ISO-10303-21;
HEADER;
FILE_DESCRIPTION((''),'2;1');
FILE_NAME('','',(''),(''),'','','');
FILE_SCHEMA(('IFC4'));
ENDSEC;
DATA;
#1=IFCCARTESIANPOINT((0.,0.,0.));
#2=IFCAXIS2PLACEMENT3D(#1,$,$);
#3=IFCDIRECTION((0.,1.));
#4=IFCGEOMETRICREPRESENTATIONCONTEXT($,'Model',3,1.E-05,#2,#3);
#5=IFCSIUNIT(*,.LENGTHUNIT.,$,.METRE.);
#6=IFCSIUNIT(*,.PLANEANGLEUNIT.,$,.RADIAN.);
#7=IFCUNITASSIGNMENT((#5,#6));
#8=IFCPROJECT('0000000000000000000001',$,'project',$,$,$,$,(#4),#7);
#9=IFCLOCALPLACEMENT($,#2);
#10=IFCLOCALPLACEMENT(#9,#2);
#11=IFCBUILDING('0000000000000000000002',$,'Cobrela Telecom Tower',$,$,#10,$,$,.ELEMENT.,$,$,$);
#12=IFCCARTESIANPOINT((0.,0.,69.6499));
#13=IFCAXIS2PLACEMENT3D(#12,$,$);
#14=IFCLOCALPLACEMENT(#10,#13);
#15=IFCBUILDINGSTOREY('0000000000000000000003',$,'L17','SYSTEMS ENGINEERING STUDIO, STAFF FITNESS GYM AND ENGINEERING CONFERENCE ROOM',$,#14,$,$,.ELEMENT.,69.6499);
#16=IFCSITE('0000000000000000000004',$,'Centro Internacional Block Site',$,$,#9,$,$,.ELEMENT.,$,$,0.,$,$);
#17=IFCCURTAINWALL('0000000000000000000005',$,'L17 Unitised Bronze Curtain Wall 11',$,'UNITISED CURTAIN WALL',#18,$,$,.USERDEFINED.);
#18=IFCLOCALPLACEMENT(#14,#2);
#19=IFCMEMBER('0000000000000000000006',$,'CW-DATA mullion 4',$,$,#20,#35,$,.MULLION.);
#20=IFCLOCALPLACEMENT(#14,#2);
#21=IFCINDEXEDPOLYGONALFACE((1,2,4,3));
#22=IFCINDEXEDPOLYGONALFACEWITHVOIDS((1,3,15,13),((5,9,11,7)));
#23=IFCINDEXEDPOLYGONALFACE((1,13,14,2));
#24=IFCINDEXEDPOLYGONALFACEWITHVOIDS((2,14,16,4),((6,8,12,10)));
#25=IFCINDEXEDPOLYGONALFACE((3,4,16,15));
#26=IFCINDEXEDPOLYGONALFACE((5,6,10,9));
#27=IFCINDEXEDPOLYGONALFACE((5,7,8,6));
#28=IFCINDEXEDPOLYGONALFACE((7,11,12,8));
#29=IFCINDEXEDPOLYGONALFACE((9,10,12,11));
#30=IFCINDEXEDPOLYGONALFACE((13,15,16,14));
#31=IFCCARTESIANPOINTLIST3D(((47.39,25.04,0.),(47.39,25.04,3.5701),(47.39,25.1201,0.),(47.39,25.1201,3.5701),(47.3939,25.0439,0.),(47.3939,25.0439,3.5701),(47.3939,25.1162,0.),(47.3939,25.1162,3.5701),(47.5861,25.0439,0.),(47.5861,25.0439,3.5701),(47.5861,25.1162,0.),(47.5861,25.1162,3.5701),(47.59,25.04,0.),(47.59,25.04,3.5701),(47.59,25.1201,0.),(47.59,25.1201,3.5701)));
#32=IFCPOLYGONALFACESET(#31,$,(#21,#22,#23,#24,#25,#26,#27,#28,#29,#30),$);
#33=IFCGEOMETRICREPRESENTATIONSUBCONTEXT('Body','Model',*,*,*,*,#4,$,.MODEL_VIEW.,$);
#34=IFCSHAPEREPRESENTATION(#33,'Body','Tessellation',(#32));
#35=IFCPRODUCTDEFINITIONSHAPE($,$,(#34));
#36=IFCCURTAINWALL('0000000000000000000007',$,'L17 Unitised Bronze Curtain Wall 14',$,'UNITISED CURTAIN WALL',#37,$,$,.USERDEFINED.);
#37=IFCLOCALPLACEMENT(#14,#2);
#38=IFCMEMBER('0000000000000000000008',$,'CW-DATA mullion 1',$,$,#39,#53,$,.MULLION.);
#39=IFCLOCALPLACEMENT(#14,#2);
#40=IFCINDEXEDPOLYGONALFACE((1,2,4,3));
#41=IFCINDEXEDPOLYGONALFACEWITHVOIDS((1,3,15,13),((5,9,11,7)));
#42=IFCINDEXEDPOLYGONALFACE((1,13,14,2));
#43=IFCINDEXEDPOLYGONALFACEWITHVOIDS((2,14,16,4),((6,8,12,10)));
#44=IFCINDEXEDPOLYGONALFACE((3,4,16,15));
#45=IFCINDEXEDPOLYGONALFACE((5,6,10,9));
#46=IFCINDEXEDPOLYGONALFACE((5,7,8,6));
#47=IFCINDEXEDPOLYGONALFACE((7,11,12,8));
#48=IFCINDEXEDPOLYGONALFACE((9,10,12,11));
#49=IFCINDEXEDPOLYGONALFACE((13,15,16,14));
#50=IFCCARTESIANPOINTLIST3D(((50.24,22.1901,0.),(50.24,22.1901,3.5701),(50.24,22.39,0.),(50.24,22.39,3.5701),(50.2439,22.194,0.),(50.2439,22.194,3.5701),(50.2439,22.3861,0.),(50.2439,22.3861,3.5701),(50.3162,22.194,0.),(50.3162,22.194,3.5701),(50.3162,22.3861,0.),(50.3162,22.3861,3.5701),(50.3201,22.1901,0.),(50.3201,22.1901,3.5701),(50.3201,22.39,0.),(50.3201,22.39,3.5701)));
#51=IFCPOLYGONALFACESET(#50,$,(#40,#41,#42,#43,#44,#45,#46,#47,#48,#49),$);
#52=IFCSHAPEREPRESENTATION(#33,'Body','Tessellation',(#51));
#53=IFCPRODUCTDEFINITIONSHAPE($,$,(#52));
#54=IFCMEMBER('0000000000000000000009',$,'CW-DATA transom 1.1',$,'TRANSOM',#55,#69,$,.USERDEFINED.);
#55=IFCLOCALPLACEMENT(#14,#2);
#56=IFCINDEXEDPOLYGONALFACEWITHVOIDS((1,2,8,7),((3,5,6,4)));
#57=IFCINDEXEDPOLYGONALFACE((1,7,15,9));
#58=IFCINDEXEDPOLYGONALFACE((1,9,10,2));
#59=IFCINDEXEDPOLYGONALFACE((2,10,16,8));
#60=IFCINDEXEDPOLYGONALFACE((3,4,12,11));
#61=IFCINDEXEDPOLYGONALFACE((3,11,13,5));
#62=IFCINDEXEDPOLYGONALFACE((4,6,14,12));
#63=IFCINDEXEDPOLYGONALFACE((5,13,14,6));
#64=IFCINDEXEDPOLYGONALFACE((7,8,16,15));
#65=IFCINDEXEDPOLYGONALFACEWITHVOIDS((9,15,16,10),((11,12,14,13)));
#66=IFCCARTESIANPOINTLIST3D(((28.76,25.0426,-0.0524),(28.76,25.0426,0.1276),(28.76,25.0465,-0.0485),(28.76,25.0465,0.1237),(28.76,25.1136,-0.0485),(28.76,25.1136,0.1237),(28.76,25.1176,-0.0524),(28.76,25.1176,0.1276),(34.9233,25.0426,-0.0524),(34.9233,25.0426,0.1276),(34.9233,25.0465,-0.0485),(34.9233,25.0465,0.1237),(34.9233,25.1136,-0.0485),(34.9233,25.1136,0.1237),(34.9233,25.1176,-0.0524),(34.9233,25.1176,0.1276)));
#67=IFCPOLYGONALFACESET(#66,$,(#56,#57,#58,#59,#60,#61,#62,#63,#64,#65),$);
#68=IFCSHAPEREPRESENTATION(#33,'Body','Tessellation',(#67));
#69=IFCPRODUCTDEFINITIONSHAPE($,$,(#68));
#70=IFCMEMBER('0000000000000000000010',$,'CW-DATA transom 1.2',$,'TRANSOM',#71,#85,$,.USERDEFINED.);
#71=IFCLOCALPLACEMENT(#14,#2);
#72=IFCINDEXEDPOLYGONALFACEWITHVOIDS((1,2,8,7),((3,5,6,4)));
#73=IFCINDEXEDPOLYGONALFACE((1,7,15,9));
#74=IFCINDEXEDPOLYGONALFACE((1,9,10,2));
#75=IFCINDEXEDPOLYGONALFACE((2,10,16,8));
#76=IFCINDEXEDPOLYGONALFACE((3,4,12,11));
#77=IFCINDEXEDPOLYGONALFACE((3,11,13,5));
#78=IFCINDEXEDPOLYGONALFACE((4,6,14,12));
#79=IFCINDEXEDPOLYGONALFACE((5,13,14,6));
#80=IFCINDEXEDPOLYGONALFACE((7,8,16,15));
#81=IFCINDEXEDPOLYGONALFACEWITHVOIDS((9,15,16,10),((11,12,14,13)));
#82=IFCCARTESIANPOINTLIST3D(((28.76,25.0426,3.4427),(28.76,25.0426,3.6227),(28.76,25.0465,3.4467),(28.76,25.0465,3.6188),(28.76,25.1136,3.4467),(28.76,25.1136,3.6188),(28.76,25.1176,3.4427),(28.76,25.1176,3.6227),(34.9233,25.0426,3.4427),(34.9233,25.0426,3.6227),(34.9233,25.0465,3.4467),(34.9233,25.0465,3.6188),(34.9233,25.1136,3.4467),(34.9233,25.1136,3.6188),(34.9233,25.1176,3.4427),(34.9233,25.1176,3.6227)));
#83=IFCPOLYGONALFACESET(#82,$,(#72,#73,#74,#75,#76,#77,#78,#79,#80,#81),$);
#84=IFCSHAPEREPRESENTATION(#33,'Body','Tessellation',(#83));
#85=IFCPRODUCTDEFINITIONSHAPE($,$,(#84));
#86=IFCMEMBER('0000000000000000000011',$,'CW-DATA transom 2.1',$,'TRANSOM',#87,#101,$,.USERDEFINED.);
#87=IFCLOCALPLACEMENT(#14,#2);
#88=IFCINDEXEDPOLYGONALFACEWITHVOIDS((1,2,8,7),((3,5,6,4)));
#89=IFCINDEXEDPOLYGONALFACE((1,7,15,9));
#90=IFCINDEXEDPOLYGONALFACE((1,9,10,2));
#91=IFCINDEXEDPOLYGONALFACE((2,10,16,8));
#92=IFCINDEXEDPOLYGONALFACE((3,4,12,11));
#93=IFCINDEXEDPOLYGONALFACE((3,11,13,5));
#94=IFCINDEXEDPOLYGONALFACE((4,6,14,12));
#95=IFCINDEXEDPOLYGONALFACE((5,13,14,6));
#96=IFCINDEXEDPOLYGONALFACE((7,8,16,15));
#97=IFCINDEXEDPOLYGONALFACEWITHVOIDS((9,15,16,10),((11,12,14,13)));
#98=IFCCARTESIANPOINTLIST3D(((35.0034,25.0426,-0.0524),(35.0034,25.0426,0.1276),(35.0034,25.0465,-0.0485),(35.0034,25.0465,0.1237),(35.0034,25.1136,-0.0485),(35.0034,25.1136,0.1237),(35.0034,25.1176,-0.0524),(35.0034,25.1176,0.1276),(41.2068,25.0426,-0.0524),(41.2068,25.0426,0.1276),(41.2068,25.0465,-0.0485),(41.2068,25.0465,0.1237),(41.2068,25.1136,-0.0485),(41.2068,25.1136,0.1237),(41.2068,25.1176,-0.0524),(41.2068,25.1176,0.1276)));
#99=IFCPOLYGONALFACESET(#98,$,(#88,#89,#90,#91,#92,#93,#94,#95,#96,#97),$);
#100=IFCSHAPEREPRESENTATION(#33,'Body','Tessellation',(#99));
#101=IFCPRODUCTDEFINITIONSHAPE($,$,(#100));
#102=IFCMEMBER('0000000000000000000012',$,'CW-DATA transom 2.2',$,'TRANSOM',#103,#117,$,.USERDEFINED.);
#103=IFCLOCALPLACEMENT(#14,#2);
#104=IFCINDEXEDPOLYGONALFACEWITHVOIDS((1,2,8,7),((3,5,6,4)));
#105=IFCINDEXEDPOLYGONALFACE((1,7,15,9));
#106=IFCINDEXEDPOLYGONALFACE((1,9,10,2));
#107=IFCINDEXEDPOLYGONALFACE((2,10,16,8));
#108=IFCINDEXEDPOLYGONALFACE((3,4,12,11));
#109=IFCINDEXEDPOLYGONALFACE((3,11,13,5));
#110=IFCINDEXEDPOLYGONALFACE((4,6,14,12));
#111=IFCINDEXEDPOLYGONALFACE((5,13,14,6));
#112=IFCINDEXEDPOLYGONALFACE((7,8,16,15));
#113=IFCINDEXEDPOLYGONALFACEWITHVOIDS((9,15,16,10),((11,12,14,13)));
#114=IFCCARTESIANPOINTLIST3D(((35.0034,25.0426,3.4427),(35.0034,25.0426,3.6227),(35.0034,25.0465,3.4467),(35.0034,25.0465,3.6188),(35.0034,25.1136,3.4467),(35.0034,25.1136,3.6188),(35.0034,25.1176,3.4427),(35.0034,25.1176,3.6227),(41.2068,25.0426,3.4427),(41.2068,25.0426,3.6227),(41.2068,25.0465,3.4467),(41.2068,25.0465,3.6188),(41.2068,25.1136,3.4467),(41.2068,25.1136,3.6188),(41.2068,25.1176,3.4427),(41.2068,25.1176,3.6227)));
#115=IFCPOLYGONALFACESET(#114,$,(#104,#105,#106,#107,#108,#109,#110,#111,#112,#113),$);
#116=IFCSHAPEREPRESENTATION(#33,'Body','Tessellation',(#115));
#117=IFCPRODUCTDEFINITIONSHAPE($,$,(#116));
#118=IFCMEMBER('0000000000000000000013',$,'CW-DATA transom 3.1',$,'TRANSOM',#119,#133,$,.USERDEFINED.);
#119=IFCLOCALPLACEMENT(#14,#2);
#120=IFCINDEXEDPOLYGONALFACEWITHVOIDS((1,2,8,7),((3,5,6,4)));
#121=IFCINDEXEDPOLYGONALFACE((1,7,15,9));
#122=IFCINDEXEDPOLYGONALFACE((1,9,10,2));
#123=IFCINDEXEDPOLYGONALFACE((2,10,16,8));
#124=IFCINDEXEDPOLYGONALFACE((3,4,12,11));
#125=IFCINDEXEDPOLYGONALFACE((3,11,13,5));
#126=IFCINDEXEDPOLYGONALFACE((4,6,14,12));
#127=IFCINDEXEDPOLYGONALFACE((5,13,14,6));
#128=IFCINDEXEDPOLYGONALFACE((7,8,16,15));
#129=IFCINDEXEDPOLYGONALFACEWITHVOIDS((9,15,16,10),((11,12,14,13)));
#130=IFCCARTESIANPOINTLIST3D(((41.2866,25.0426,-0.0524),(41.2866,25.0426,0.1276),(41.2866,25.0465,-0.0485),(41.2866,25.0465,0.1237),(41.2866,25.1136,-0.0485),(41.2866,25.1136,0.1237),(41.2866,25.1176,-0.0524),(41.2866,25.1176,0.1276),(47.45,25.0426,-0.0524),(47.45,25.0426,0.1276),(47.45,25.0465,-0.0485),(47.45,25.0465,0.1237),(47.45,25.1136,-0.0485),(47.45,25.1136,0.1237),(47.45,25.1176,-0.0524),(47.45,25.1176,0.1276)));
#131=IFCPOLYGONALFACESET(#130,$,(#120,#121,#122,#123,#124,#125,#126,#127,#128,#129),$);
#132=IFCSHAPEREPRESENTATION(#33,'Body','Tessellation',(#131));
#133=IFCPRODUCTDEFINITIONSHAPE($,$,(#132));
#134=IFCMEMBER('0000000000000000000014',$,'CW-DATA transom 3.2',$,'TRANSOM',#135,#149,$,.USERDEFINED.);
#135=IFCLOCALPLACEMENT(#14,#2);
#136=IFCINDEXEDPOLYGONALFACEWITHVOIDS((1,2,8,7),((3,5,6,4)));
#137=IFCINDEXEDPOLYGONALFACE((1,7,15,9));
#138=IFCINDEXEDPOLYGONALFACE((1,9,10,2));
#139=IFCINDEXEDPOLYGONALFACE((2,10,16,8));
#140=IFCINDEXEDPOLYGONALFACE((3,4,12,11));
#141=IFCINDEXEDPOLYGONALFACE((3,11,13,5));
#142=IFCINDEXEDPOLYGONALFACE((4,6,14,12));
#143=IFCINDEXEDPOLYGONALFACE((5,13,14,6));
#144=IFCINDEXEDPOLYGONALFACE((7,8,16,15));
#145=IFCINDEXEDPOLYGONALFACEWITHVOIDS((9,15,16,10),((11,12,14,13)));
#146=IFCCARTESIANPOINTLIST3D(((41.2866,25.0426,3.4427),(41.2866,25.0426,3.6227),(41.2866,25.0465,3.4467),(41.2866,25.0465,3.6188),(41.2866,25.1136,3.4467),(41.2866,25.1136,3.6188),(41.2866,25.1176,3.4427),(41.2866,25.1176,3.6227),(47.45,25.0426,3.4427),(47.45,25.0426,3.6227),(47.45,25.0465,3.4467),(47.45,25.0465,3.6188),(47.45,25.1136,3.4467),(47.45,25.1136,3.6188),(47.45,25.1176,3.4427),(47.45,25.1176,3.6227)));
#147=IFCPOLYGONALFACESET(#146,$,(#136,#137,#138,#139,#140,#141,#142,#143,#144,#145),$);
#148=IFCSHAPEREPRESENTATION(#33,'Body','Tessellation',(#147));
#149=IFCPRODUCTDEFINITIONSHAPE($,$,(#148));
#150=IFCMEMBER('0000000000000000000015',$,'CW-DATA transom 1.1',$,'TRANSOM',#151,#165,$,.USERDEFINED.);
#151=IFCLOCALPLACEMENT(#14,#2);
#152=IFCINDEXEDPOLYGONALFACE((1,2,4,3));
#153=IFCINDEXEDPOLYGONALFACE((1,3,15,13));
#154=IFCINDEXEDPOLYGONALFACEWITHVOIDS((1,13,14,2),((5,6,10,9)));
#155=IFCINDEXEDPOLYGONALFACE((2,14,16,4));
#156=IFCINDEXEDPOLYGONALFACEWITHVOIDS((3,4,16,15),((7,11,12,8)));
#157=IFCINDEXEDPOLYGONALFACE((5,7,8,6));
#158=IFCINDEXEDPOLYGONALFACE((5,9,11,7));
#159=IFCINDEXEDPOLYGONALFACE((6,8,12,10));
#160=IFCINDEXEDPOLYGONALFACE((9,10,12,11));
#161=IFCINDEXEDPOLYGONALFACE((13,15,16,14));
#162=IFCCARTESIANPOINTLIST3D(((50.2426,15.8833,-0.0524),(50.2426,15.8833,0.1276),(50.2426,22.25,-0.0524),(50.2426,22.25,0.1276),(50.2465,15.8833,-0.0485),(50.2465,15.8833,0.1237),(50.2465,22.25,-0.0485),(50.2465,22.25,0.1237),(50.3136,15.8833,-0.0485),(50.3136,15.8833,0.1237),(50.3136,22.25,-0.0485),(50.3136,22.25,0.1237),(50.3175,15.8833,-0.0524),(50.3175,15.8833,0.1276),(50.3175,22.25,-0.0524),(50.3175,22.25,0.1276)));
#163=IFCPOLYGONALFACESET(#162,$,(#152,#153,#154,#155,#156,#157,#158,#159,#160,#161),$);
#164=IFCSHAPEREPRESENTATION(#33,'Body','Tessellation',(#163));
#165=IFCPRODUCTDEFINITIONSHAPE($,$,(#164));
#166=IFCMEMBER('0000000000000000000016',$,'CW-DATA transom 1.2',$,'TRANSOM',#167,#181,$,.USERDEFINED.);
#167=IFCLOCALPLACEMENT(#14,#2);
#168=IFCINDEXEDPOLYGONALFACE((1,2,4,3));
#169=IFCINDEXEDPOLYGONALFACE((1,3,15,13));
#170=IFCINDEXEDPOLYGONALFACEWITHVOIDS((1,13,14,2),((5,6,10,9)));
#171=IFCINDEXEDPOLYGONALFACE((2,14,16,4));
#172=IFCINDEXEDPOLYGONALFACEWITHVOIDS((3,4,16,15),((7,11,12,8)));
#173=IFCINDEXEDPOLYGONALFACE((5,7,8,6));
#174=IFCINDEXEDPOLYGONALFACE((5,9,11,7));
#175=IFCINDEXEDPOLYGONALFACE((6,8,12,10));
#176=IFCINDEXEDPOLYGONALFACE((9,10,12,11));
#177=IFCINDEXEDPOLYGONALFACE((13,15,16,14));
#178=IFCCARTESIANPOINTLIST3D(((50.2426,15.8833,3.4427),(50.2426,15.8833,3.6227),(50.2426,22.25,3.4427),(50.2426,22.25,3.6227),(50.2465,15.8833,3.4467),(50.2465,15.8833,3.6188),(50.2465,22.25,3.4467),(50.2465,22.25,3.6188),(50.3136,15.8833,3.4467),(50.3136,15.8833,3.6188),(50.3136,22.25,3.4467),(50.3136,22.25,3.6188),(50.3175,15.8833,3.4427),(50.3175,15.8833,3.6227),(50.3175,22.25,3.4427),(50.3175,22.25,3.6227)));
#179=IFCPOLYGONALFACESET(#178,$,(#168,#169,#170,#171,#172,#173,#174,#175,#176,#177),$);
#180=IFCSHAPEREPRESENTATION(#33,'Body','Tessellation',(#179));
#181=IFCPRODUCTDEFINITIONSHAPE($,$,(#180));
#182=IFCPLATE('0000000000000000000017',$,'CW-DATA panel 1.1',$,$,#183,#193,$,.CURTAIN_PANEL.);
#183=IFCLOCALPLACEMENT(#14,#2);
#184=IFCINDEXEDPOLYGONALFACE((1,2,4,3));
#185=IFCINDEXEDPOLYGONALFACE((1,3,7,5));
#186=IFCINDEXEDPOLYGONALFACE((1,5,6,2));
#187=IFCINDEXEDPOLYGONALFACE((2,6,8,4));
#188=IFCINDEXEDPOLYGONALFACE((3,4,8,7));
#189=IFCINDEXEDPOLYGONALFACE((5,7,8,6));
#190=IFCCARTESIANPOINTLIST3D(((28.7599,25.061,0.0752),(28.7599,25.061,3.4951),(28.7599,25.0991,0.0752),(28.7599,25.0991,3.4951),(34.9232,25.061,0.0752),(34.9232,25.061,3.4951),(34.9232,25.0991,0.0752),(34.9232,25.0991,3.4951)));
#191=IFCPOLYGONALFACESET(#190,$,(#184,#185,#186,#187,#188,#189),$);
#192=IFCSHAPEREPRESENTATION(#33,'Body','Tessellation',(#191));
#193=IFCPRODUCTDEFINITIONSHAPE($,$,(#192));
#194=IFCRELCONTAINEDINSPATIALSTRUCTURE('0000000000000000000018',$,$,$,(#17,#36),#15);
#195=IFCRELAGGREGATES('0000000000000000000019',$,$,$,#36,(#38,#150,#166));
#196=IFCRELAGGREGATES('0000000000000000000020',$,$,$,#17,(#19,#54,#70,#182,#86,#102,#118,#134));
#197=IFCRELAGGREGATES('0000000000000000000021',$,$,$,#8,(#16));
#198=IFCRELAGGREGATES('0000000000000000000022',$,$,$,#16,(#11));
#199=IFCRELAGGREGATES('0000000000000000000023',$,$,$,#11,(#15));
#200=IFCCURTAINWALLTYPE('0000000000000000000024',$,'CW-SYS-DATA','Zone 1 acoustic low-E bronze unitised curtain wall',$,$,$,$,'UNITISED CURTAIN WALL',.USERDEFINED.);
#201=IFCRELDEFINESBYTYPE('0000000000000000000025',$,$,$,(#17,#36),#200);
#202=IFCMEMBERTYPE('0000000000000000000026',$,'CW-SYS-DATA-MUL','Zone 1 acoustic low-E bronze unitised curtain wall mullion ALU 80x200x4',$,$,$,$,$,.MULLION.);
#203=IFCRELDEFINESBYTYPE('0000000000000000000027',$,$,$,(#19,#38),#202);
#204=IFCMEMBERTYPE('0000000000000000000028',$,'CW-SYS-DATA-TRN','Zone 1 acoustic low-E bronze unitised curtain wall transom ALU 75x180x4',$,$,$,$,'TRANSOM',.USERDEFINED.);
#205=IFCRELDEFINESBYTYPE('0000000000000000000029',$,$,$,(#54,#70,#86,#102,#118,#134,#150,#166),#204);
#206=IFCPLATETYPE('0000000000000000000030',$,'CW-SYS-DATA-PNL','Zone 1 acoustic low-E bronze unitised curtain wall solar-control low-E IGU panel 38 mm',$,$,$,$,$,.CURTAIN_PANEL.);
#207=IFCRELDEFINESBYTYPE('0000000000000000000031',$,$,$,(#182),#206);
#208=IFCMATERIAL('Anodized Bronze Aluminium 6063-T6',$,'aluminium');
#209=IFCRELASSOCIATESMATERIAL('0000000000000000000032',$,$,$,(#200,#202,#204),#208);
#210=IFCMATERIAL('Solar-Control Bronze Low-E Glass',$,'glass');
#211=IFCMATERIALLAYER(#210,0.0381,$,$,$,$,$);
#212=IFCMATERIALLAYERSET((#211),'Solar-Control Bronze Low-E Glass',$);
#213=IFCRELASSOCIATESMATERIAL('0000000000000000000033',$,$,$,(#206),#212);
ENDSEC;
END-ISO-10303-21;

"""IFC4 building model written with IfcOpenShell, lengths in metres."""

from ifc_helpers import new_model, si_unit, direction, frame, origin, origin_2d, place, context, subcontext, project, spatial, rectangle, hollow_rectangle, extrude, material, layer, layer_set, material_profile, profile_set, type_object, element, aggregate, save


model = new_model("IFC4")

# Units and contexts
model_context = context("Model", 3, precision=1e-05, world=origin(), true_north=direction((0.0, 1.0)))
body_context = subcontext(model_context, "Body", "Model", "MODEL_VIEW")
ifc_project = project(units=[si_unit("LENGTHUNIT", "METRE"), si_unit("PLANEANGLEUNIT", "RADIAN")], contexts=[model_context])

# Site, building, storey
site_placement = place(None, origin())
site = spatial("IfcSite", under=ifc_project, at=site_placement, Name="Centro Internacional Block Site", CompositionType="ELEMENT", RefElevation=0.0)
building_placement = place(site_placement, origin())
building = spatial("IfcBuilding", under=site, at=building_placement, Name="Cobrela Telecom Tower", CompositionType="ELEMENT")
storey_placement = place(building_placement, frame((0.0, 0.0, 69.6499)))
storey = spatial("IfcBuildingStorey", under=building, at=storey_placement, Name="L17", Description="SYSTEMS ENGINEERING STUDIO, STAFF FITNESS GYM AND ENGINEERING CONFERENCE ROOM", CompositionType="ELEMENT", Elevation=69.6499)

# Shared definitions
ifc_material_1 = material(Name="Anodized Bronze Aluminium 6063-T6", Category="aluminium")
curtain_wall_type = type_object("IfcCurtainWallType", Name="CW-SYS-DATA", Description="Zone 1 acoustic low-E bronze unitised curtain wall", ElementType="UNITISED CURTAIN WALL", PredefinedType="USERDEFINED", material=ifc_material_1)
ifc_material_profile_1 = material_profile(ifc_material_1, hollow_rectangle(XDim=0.0801, YDim=0.2, WallThickness=0.0039, at=origin_2d()), Name="ALU 80x200x4")
ifc_profile_set_1 = profile_set([ifc_material_profile_1], Name="Anodized Bronze Aluminium 6063-T6")
member_type_1 = type_object("IfcMemberType", Name="CW-SYS-DATA-MUL", Description="Zone 1 acoustic low-E bronze unitised curtain wall mullion ALU 80x200x4", PredefinedType="MULLION", material=ifc_profile_set_1)

# Curtain wall, member
curtain_wall_1_placement = place(storey_placement, origin())
curtain_wall_1 = element("IfcCurtainWall", 1, at=curtain_wall_1_placement, inside=storey, type_object=curtain_wall_type, Name="L17 Unitised Bronze Curtain Wall 11", ObjectType="UNITISED CURTAIN WALL", PredefinedType="USERDEFINED")
member_1_placement = place(storey_placement, frame((47.49, 25.0801, 0.0), z_axis=(0.0, 0.0, 1.0), x_axis=(0.0, 1.0, 0.0)))
member_1 = element("IfcMember", 2, at=member_1_placement, type_object=member_type_1, Name="CW-DATA mullion 4", PredefinedType="MULLION", context=body_context, shape_type="SweptSolid", body=[
    extrude(hollow_rectangle(XDim=0.0801, YDim=0.2, WallThickness=0.0039, at=origin_2d()), origin(), (0.0, 0.0, 1.0), 3.5701),
])

# Curtain wall, member
curtain_wall_2_placement = place(storey_placement, origin())
curtain_wall_2 = element("IfcCurtainWall", 3, at=curtain_wall_2_placement, inside=storey, type_object=curtain_wall_type, Name="L17 Unitised Bronze Curtain Wall 14", ObjectType="UNITISED CURTAIN WALL", PredefinedType="USERDEFINED")
member_2_placement = place(storey_placement, frame((50.28, 22.29, 0.0), z_axis=(0.0, 0.0, 1.0), x_axis=(1.0, 0.0, 0.0)))
member_2 = element("IfcMember", 4, at=member_2_placement, type_object=member_type_1, Name="CW-DATA mullion 1", PredefinedType="MULLION", context=body_context, shape_type="SweptSolid", body=[
    extrude(hollow_rectangle(XDim=0.0801, YDim=0.2, WallThickness=0.0039, at=origin_2d()), origin(), (0.0, 0.0, 1.0), 3.5701),
])

# Members
ifc_material_profile_2 = material_profile(ifc_material_1, hollow_rectangle(XDim=0.075, YDim=0.1799, WallThickness=0.0039, at=origin_2d()), Name="ALU 75x180x4")
ifc_profile_set_2 = profile_set([ifc_material_profile_2], Name="Anodized Bronze Aluminium 6063-T6")
member_type_2 = type_object("IfcMemberType", Name="CW-SYS-DATA-TRN", Description="Zone 1 acoustic low-E bronze unitised curtain wall transom ALU 75x180x4", ElementType="TRANSOM", PredefinedType="USERDEFINED", material=ifc_profile_set_2)
member_3_placement = place(storey_placement, frame((28.76, 25.0801, 0.0376), z_axis=(1.0, 0.0, 0.0), x_axis=(0.0, 1.0, 0.0)))
member_3 = element("IfcMember", 5, at=member_3_placement, type_object=member_type_2, Name="CW-DATA transom 1.1", ObjectType="TRANSOM", PredefinedType="USERDEFINED", context=body_context, shape_type="SweptSolid", body=[
    extrude(hollow_rectangle(XDim=0.075, YDim=0.1799, WallThickness=0.0039, at=origin_2d()), origin(), (0.0, 0.0, 1.0), 6.1633),
])
member_4_placement = place(storey_placement, frame((28.76, 25.0801, 3.5327), z_axis=(1.0, 0.0, 0.0), x_axis=(0.0, 1.0, 0.0)))
member_4 = element("IfcMember", 6, at=member_4_placement, type_object=member_type_2, Name="CW-DATA transom 1.2", ObjectType="TRANSOM", PredefinedType="USERDEFINED", context=body_context, shape_type="SweptSolid", body=[
    extrude(hollow_rectangle(XDim=0.075, YDim=0.1799, WallThickness=0.0039, at=origin_2d()), origin(), (0.0, 0.0, 1.0), 6.1633),
])
member_5_placement = place(storey_placement, frame((35.0034, 25.0801, 0.0376), z_axis=(1.0, 0.0, 0.0), x_axis=(0.0, 1.0, 0.0)))
member_5 = element("IfcMember", 7, at=member_5_placement, type_object=member_type_2, Name="CW-DATA transom 2.1", ObjectType="TRANSOM", PredefinedType="USERDEFINED", context=body_context, shape_type="SweptSolid", body=[
    extrude(hollow_rectangle(XDim=0.075, YDim=0.1799, WallThickness=0.0039, at=origin_2d()), origin(), (0.0, 0.0, 1.0), 6.2034),
])
member_6_placement = place(storey_placement, frame((35.0034, 25.0801, 3.5327), z_axis=(1.0, 0.0, 0.0), x_axis=(0.0, 1.0, 0.0)))
member_6 = element("IfcMember", 8, at=member_6_placement, type_object=member_type_2, Name="CW-DATA transom 2.2", ObjectType="TRANSOM", PredefinedType="USERDEFINED", context=body_context, shape_type="SweptSolid", body=[
    extrude(hollow_rectangle(XDim=0.075, YDim=0.1799, WallThickness=0.0039, at=origin_2d()), origin(), (0.0, 0.0, 1.0), 6.2034),
])
member_7_placement = place(storey_placement, frame((41.2866, 25.0801, 0.0376), z_axis=(1.0, 0.0, 0.0), x_axis=(0.0, 1.0, 0.0)))
member_7 = element("IfcMember", 9, at=member_7_placement, type_object=member_type_2, Name="CW-DATA transom 3.1", ObjectType="TRANSOM", PredefinedType="USERDEFINED", context=body_context, shape_type="SweptSolid", body=[
    extrude(hollow_rectangle(XDim=0.075, YDim=0.1799, WallThickness=0.0039, at=origin_2d()), origin(), (0.0, 0.0, 1.0), 6.1633),
])
member_8_placement = place(storey_placement, frame((41.2866, 25.0801, 3.5327), z_axis=(1.0, 0.0, 0.0), x_axis=(0.0, 1.0, 0.0)))
member_8 = element("IfcMember", 10, at=member_8_placement, type_object=member_type_2, Name="CW-DATA transom 3.2", ObjectType="TRANSOM", PredefinedType="USERDEFINED", context=body_context, shape_type="SweptSolid", body=[
    extrude(hollow_rectangle(XDim=0.075, YDim=0.1799, WallThickness=0.0039, at=origin_2d()), origin(), (0.0, 0.0, 1.0), 6.1633),
])
member_9_placement = place(storey_placement, frame((50.28, 22.25, 0.0376), z_axis=(0.0, -1.0, 0.0), x_axis=(1.0, 0.0, 0.0)))
member_9 = element("IfcMember", 11, at=member_9_placement, type_object=member_type_2, Name="CW-DATA transom 1.1", ObjectType="TRANSOM", PredefinedType="USERDEFINED", context=body_context, shape_type="SweptSolid", body=[
    extrude(hollow_rectangle(XDim=0.075, YDim=0.1799, WallThickness=0.0039, at=origin_2d()), origin(), (0.0, 0.0, 1.0), 6.3667),
])
member_10_placement = place(storey_placement, frame((50.28, 22.25, 3.5327), z_axis=(0.0, -1.0, 0.0), x_axis=(1.0, 0.0, 0.0)))
member_10 = element("IfcMember", 12, at=member_10_placement, type_object=member_type_2, Name="CW-DATA transom 1.2", ObjectType="TRANSOM", PredefinedType="USERDEFINED", context=body_context, shape_type="SweptSolid", body=[
    extrude(hollow_rectangle(XDim=0.075, YDim=0.1799, WallThickness=0.0039, at=origin_2d()), origin(), (0.0, 0.0, 1.0), 6.3667),
])
aggregate(curtain_wall_2, [member_2, member_9, member_10])

# Plate
ifc_material_2 = material(Name="Solar-Control Bronze Low-E Glass", Category="glass")
ifc_layer_1 = layer(ifc_material_2, 0.0381)
ifc_layer_set_1 = layer_set([ifc_layer_1], Name="Solar-Control Bronze Low-E Glass")
plate_type = type_object("IfcPlateType", Name="CW-SYS-DATA-PNL", Description="Zone 1 acoustic low-E bronze unitised curtain wall solar-control low-E IGU panel 38 mm", PredefinedType="CURTAIN_PANEL", material=ifc_layer_set_1)
plate_1_placement = place(storey_placement, frame((31.8416, 25.0801, 0.0752), z_axis=(0.0, 0.0, 1.0), x_axis=(1.0, 0.0, 0.0)))
plate_1 = element("IfcPlate", 13, at=plate_1_placement, type_object=plate_type, Name="CW-DATA panel 1.1", PredefinedType="CURTAIN_PANEL", context=body_context, shape_type="SweptSolid", body=[
    extrude(rectangle(XDim=6.1633, YDim=0.0381, at=origin_2d()), origin(), (0.0, 0.0, 1.0), 3.4199),
])
aggregate(curtain_wall_1, [member_1, member_3, member_4, plate_1, member_5, member_6, member_7, member_8])

save(model, "model.ifc")
